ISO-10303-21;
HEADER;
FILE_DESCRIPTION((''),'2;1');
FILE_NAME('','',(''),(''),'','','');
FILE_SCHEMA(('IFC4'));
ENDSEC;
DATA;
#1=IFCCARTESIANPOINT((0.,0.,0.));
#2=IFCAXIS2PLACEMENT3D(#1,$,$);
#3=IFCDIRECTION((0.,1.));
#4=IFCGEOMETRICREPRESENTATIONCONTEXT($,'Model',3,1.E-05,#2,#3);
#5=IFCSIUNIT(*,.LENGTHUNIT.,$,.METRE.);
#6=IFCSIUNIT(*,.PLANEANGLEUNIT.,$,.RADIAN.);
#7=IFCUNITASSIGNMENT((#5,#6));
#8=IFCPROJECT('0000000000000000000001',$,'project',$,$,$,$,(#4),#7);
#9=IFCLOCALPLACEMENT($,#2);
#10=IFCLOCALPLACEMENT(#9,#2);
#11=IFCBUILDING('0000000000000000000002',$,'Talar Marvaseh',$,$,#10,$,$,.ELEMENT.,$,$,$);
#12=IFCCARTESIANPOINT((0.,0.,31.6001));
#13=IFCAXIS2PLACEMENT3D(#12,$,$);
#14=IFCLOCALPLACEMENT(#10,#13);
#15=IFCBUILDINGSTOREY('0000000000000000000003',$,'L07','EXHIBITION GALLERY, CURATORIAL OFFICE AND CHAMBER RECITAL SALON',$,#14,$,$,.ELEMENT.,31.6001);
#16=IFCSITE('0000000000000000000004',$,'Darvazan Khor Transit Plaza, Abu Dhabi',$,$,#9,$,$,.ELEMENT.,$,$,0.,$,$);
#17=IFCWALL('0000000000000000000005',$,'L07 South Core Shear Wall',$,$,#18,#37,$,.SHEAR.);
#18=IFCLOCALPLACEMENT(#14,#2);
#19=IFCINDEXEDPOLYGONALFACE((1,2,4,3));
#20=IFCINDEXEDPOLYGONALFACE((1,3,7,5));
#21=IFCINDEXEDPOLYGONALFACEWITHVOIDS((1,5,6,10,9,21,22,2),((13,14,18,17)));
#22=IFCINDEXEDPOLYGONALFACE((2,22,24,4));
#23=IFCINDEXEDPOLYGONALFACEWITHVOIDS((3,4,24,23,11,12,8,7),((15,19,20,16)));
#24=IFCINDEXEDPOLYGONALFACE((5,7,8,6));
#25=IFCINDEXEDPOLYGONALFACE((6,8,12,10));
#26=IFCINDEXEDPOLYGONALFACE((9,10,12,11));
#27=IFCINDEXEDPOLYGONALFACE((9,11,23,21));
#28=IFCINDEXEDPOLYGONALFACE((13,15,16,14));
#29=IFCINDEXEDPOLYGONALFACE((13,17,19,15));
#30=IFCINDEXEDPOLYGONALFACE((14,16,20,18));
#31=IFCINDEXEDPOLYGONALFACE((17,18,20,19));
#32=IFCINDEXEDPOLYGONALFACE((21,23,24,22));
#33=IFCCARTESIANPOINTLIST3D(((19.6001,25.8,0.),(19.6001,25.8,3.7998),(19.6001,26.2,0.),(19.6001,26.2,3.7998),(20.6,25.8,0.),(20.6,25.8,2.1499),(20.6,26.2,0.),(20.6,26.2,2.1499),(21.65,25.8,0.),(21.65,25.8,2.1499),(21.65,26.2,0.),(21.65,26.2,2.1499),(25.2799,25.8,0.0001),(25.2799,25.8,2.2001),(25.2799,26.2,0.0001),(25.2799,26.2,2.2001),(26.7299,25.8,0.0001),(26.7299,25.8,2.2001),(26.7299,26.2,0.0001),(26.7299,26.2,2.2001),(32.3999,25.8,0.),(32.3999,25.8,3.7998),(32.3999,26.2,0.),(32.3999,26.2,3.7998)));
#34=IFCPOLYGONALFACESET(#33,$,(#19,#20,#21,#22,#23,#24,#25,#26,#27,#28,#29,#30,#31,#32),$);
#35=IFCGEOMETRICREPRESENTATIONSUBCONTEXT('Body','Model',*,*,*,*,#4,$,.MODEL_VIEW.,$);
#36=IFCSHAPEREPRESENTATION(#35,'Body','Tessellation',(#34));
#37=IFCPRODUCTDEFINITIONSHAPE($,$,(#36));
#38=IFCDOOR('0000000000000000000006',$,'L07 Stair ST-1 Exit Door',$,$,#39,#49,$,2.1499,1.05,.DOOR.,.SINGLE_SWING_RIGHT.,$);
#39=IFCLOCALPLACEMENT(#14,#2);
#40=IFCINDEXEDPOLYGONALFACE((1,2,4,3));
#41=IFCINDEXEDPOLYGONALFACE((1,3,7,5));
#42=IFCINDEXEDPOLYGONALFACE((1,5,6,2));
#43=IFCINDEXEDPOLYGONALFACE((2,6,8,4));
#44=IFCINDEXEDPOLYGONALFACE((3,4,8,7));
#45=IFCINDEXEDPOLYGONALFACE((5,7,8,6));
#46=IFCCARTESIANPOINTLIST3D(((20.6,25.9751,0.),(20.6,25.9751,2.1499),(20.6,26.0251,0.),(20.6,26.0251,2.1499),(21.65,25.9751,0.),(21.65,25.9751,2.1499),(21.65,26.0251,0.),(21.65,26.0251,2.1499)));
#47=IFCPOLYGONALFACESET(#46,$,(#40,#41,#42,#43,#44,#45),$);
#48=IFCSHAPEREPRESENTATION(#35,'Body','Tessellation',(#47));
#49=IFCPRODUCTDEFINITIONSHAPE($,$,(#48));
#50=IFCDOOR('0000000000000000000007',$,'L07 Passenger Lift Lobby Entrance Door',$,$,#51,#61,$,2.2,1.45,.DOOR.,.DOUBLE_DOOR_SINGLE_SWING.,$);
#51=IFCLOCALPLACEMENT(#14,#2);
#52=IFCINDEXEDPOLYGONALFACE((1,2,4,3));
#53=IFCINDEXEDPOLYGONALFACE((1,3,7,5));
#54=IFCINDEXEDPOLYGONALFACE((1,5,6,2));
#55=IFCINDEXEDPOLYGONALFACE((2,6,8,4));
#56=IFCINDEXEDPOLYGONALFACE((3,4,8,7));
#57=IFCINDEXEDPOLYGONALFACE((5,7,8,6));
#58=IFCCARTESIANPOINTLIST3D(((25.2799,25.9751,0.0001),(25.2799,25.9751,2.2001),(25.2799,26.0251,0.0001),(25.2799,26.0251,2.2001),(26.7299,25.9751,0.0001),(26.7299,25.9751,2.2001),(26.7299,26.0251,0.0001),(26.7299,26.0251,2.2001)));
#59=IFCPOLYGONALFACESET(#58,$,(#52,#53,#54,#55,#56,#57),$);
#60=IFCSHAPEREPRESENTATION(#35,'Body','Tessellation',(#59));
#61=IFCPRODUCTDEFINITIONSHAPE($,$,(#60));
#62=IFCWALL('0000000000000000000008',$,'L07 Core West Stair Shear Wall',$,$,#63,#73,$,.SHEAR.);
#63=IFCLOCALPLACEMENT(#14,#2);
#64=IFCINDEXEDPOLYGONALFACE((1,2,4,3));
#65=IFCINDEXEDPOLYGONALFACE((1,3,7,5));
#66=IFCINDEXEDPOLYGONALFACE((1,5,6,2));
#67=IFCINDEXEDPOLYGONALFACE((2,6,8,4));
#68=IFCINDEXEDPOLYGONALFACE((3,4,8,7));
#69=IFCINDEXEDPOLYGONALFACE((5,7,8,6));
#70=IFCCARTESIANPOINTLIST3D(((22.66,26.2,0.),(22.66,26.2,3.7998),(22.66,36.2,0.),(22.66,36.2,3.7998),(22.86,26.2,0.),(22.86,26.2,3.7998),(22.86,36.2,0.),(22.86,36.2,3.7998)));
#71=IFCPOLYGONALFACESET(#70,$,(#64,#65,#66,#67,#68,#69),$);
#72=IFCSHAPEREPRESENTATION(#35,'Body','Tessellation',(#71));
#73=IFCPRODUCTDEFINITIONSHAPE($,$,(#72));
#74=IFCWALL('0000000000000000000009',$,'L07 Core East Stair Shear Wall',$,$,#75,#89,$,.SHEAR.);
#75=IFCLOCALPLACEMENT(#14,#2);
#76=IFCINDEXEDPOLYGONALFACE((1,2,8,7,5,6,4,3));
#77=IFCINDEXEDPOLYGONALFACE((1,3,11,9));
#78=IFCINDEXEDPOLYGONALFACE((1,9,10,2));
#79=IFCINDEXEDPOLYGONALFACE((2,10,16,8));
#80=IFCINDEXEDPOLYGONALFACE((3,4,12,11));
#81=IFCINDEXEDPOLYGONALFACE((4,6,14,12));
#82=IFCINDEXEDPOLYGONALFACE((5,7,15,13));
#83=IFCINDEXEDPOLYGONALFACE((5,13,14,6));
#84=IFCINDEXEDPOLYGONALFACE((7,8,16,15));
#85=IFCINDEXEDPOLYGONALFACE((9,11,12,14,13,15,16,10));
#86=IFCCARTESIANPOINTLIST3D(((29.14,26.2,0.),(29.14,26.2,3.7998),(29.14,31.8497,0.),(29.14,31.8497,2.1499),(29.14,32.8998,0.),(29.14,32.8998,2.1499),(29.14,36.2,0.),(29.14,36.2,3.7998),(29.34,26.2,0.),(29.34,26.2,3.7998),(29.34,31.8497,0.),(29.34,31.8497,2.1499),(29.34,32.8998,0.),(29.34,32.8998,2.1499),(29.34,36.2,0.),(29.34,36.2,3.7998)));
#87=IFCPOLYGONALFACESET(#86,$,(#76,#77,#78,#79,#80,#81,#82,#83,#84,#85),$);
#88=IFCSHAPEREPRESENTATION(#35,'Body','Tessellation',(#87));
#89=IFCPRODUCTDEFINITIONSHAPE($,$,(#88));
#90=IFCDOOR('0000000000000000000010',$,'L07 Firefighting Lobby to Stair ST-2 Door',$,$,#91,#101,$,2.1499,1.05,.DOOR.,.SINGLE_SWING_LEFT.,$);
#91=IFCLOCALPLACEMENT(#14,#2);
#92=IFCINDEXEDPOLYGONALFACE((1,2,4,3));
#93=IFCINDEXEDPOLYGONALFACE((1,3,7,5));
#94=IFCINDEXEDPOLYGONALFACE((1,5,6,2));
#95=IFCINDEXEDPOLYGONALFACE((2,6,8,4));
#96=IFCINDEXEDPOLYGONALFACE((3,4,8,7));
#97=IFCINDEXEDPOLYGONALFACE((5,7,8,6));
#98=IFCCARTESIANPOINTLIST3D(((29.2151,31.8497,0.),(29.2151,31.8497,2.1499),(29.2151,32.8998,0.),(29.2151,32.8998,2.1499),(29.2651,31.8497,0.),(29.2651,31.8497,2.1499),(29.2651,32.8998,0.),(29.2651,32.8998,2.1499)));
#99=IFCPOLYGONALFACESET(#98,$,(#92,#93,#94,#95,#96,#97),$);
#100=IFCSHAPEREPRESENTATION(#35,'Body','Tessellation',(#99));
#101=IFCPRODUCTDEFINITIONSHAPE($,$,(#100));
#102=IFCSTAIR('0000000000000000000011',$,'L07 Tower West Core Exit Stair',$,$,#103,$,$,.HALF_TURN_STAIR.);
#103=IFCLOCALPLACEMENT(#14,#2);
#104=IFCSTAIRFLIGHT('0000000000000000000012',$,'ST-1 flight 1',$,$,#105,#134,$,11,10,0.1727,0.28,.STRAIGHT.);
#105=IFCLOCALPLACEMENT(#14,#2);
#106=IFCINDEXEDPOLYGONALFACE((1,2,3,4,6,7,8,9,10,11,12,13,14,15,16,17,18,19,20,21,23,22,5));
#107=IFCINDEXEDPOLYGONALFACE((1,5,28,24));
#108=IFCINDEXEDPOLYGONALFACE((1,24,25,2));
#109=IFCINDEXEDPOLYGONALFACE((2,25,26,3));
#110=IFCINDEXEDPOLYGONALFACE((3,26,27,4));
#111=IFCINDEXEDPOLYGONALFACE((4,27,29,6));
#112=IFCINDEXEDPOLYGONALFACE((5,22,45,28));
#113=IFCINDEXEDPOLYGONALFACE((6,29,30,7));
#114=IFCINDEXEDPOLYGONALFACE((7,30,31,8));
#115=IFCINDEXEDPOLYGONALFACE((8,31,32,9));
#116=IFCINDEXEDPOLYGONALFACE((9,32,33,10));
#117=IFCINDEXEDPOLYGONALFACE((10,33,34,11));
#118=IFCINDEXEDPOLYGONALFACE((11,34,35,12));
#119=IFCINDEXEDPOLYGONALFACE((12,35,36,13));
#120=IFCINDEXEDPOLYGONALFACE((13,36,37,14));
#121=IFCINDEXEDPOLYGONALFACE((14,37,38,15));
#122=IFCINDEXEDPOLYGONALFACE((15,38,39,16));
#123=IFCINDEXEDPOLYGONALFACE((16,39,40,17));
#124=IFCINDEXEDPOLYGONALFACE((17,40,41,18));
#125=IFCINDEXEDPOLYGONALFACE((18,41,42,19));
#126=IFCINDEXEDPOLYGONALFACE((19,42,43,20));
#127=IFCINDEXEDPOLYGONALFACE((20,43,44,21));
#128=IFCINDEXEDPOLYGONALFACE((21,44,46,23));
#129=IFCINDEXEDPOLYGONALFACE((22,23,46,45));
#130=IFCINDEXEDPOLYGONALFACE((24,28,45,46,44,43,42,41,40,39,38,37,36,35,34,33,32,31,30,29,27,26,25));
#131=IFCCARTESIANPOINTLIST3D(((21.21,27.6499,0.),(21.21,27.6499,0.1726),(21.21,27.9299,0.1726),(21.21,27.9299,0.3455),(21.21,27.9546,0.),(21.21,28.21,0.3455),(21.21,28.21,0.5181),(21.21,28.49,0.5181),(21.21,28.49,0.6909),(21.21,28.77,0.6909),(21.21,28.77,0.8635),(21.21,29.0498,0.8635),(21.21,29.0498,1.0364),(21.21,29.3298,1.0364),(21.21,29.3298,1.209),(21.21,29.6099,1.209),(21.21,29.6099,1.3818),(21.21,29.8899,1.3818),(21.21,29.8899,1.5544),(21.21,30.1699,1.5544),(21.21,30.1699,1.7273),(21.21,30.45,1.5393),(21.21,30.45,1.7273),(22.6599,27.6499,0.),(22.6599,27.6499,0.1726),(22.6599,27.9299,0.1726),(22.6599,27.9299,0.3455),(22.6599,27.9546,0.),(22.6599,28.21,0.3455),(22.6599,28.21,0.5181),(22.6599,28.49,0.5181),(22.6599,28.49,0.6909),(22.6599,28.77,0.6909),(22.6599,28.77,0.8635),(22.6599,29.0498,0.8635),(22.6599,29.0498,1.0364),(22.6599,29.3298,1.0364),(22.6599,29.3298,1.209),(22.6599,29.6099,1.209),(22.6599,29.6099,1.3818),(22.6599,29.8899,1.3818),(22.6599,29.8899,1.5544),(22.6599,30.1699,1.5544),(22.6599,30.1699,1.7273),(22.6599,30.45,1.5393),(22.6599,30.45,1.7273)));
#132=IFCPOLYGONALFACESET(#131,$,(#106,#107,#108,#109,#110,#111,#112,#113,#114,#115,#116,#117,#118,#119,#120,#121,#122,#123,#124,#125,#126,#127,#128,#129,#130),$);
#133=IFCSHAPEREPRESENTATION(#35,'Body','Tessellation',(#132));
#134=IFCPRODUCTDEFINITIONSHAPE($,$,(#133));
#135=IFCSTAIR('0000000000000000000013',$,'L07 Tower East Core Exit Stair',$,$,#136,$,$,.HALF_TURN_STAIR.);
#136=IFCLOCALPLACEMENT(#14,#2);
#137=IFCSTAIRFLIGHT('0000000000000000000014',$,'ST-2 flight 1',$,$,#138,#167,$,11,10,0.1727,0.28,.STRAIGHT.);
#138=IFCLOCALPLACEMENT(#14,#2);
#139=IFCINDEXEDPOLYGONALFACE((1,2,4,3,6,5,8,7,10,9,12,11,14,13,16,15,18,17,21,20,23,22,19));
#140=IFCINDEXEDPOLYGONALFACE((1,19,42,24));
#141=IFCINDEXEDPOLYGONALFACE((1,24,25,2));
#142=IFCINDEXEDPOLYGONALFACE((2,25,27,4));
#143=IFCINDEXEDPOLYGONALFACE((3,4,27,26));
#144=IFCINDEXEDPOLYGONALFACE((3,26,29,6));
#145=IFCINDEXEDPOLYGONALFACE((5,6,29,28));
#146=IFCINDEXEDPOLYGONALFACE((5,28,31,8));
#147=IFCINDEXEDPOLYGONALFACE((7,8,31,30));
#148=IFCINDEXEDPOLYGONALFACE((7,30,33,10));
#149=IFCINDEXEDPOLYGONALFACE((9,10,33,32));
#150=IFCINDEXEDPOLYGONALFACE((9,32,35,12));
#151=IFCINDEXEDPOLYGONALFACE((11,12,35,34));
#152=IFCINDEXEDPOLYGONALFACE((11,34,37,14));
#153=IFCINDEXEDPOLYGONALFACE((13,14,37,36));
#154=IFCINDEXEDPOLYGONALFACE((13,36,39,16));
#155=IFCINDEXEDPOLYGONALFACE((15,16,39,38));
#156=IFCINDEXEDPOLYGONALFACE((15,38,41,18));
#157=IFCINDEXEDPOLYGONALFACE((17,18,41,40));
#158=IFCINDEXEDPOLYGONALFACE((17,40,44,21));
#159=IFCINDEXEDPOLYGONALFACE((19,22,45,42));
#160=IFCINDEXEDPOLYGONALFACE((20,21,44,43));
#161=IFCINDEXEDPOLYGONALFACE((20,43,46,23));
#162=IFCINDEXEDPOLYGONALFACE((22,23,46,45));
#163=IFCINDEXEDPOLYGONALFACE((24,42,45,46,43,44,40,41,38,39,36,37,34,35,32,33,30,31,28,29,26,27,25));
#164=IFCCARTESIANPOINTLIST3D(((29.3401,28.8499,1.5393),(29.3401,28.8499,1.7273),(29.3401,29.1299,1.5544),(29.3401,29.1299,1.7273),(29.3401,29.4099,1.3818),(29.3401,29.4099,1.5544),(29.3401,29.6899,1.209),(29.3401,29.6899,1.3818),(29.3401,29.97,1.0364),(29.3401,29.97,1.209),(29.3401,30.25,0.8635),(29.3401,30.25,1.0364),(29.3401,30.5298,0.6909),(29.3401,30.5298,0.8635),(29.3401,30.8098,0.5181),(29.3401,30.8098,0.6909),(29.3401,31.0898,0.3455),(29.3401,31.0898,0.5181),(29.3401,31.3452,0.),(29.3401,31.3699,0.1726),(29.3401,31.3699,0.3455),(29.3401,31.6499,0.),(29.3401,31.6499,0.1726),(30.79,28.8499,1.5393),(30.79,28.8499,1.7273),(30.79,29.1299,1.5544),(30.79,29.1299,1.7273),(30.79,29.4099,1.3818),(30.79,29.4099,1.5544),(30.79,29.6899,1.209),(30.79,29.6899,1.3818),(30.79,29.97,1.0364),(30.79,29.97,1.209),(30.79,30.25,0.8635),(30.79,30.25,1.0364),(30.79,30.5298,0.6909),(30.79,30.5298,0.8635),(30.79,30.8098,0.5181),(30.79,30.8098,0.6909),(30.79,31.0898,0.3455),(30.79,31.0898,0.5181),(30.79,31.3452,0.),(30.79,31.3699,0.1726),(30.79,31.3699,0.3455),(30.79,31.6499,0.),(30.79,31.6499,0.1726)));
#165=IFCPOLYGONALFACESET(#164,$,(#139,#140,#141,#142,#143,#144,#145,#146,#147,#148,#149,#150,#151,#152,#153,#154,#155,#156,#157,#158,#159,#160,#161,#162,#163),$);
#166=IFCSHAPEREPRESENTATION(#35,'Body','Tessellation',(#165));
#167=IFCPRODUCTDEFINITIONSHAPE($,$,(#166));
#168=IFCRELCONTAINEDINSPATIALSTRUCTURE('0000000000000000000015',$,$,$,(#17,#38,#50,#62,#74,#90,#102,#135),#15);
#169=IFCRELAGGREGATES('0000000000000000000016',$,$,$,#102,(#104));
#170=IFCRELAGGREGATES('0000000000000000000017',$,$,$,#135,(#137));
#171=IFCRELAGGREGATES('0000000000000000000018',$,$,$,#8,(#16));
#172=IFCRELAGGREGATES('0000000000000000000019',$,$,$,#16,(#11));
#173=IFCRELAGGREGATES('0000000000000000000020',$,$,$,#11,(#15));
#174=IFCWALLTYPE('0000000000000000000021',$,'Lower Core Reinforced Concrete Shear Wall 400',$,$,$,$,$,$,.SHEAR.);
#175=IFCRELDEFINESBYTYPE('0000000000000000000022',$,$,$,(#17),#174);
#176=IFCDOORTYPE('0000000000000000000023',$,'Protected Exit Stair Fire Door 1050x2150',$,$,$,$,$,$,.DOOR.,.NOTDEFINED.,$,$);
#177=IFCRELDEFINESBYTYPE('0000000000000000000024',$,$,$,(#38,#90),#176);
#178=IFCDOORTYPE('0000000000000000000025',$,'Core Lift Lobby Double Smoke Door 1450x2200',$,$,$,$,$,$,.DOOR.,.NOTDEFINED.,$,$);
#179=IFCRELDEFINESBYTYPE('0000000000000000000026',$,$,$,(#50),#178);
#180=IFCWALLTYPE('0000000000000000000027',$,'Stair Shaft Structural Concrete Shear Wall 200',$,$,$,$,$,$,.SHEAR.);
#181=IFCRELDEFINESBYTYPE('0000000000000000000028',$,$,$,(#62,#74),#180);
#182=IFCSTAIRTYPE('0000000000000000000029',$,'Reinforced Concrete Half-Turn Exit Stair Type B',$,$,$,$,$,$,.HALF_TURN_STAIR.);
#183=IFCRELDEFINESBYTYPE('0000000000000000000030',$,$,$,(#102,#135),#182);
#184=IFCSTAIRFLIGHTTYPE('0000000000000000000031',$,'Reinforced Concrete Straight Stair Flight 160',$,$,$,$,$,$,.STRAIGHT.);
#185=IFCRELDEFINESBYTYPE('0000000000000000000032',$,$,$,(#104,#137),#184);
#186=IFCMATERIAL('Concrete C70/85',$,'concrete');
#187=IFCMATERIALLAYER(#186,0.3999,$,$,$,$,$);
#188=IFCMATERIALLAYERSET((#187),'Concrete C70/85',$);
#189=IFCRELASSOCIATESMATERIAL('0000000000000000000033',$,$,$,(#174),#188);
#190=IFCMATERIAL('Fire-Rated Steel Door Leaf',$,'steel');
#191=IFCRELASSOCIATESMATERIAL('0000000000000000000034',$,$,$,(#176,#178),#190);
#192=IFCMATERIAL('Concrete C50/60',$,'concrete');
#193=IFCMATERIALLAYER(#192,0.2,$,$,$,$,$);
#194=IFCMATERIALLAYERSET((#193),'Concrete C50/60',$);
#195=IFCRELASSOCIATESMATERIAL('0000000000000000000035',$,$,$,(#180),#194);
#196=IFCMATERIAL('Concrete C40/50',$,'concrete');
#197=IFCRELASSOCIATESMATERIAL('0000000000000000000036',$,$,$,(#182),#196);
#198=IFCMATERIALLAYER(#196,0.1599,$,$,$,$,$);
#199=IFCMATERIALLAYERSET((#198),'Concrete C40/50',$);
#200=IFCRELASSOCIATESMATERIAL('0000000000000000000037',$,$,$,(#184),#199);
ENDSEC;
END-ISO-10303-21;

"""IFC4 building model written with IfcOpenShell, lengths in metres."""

from ifc_helpers import new_model, si_unit, direction, frame, frame_2d, origin, place, context, subcontext, project, spatial, polyline, rectangle, outline, extrude, source, transform, mapped, material, layer, layer_set, type_object, type_shapes, element, fill, aggregate, save


model = new_model("IFC4")

# Units and contexts
model_context = context("Model", 3, precision=1e-05, world=origin(), true_north=direction((0.0, 1.0)))
body_context = subcontext(model_context, "Body", "Model", "MODEL_VIEW")
ifc_project = project(units=[si_unit("LENGTHUNIT", "METRE"), si_unit("PLANEANGLEUNIT", "RADIAN")], contexts=[model_context])

# Site, building, storey
site_placement = place(None, origin())
site = spatial("IfcSite", under=ifc_project, at=site_placement, Name="Darvazan Khor Transit Plaza, Abu Dhabi", CompositionType="ELEMENT", RefElevation=0.0)
building_placement = place(site_placement, origin())
building = spatial("IfcBuilding", under=site, at=building_placement, Name="Talar Marvaseh", CompositionType="ELEMENT")
storey_placement = place(building_placement, frame((0.0, 0.0, 31.6001)))
storey = spatial("IfcBuildingStorey", under=building, at=storey_placement, Name="L07", Description="EXHIBITION GALLERY, CURATORIAL OFFICE AND CHAMBER RECITAL SALON", CompositionType="ELEMENT", Elevation=31.6001)

# Shared definitions
ifc_material_1 = material(Name="Concrete C40/50", Category="concrete")

# Shared definitions
ifc_material_2 = material(Name="Fire-Rated Steel Door Leaf", Category="steel")

# Wall, openings, doors
ifc_material_3 = material(Name="Concrete C70/85", Category="concrete")
ifc_layer_1 = layer(ifc_material_3, 0.3999)
ifc_layer_set_1 = layer_set([ifc_layer_1], Name="Concrete C70/85")
wall_type_1 = type_object("IfcWallType", Name="Lower Core Reinforced Concrete Shear Wall 400", PredefinedType="SHEAR", material=ifc_layer_set_1)
wall_1_placement = place(storey_placement, frame((32.3999, 26.0, 0.0), z_axis=(0.0, 0.0, 1.0), x_axis=(-1.0, 0.0, 0.0)))
wall_1 = element("IfcWall", 1, at=wall_1_placement, inside=storey, type_object=wall_type_1, Name="L07 South Core Shear Wall", PredefinedType="SHEAR", context=body_context, shape_type="SweptSolid", body=[
    extrude(rectangle(XDim=12.7998, YDim=0.3999, at=frame_2d((6.3999, 0.0))), origin(), (0.0, 0.0, 1.0), 3.7998),
])
opening_1_placement = place(wall_1_placement, frame((10.75, 0.0, 0.0)))
opening_1 = element("IfcOpeningElement", 2, at=opening_1_placement, cuts=wall_1, PredefinedType="OPENING", context=body_context, shape_type="SweptSolid", body=[
    extrude(rectangle(XDim=1.05, YDim=2.1499, at=frame_2d((0.5249, 1.075))), frame((0.0, 0.21, 0.0), z_axis=(0.0, -1.0, 0.0), x_axis=(1.0, 0.0, 0.0)), (0.0, 0.0, 1.0), 0.4199),
])
opening_2_placement = place(wall_1_placement, frame((5.6699, 0.0, 0.0)))
opening_2 = element("IfcOpeningElement", 3, at=opening_2_placement, cuts=wall_1, PredefinedType="OPENING", context=body_context, shape_type="SweptSolid", body=[
    extrude(rectangle(XDim=1.45, YDim=2.2, at=frame_2d((0.7251, 1.1001))), frame((0.0, 0.21, 0.0), z_axis=(0.0, -1.0, 0.0), x_axis=(1.0, 0.0, 0.0)), (0.0, 0.0, 1.0), 0.4199),
])
door_type_1 = type_object("IfcDoorType", Name="Protected Exit Stair Fire Door 1050x2150", OperationType="NOTDEFINED", PredefinedType="DOOR", material=ifc_material_2)
shared_shape_1 = source(origin(), body_context, "Body", "SweptSolid", [
    extrude(rectangle(XDim=1.05, YDim=2.1499, at=frame_2d((0.5249, 1.075))), frame((0.0, 0.0249, 0.0), z_axis=(0.0, -1.0, 0.0), x_axis=(1.0, 0.0, 0.0)), (0.0, 0.0, 1.0), 0.05),
])
type_shapes(door_type_1, [shared_shape_1])
door_1_placement = place(opening_1_placement, origin())
door_1 = element("IfcDoor", 4, at=door_1_placement, inside=storey, type_object=door_type_1, Name="L07 Stair ST-1 Exit Door", OperationType="SINGLE_SWING_RIGHT", OverallHeight=2.1499, OverallWidth=1.05, PredefinedType="DOOR", context=body_context, shape_type="MappedRepresentation", body=[
    mapped(shared_shape_1, transform((0.0, 0.0, 0.0), x_axis=(1.0, 0.0, 0.0), y_axis=(0.0, 1.0, 0.0), z_axis=(0.0, 0.0, 1.0), scale=1.0)),
])
fill(opening_1, door_1)
door_type_2 = type_object("IfcDoorType", Name="Core Lift Lobby Double Smoke Door 1450x2200", OperationType="NOTDEFINED", PredefinedType="DOOR", material=ifc_material_2)
shared_shape_2 = source(origin(), body_context, "Body", "SweptSolid", [
    extrude(rectangle(XDim=1.45, YDim=2.2, at=frame_2d((0.7251, 1.1001))), frame((0.0, 0.0249, 0.0), z_axis=(0.0, -1.0, 0.0), x_axis=(1.0, 0.0, 0.0)), (0.0, 0.0, 1.0), 0.05),
])
type_shapes(door_type_2, [shared_shape_2])
door_2_placement = place(opening_2_placement, origin())
door_2 = element("IfcDoor", 5, at=door_2_placement, inside=storey, type_object=door_type_2, Name="L07 Passenger Lift Lobby Entrance Door", OperationType="DOUBLE_DOOR_SINGLE_SWING", OverallHeight=2.2, OverallWidth=1.45, PredefinedType="DOOR", context=body_context, shape_type="MappedRepresentation", body=[
    mapped(shared_shape_2, transform((0.0, 0.0, 0.0), x_axis=(1.0, 0.0, 0.0), y_axis=(0.0, 1.0, 0.0), z_axis=(0.0, 0.0, 1.0), scale=1.0)),
])
fill(opening_2, door_2)

# Wall
ifc_material_4 = material(Name="Concrete C50/60", Category="concrete")
ifc_layer_2 = layer(ifc_material_4, 0.2)
ifc_layer_set_2 = layer_set([ifc_layer_2], Name="Concrete C50/60")
wall_type_2 = type_object("IfcWallType", Name="Stair Shaft Structural Concrete Shear Wall 200", PredefinedType="SHEAR", material=ifc_layer_set_2)
wall_2_placement = place(storey_placement, frame((22.76, 26.2, 0.0), z_axis=(0.0, 0.0, 1.0), x_axis=(0.0, 1.0, 0.0)))
element("IfcWall", 6, at=wall_2_placement, inside=storey, type_object=wall_type_2, Name="L07 Core West Stair Shear Wall", PredefinedType="SHEAR", context=body_context, shape_type="SweptSolid", body=[
    extrude(rectangle(XDim=10.0, YDim=0.2, at=frame_2d((5.0, 0.0))), origin(), (0.0, 0.0, 1.0), 3.7998),
])

# Wall, opening, door
wall_3_placement = place(storey_placement, frame((29.24, 26.2, 0.0), z_axis=(0.0, 0.0, 1.0), x_axis=(0.0, 1.0, 0.0)))
wall_3 = element("IfcWall", 7, at=wall_3_placement, inside=storey, type_object=wall_type_2, Name="L07 Core East Stair Shear Wall", PredefinedType="SHEAR", context=body_context, shape_type="SweptSolid", body=[
    extrude(rectangle(XDim=10.0, YDim=0.2, at=frame_2d((5.0, 0.0))), origin(), (0.0, 0.0, 1.0), 3.7998),
])
opening_3_placement = place(wall_3_placement, frame((5.6499, 0.0, 0.0)))
opening_3 = element("IfcOpeningElement", 8, at=opening_3_placement, cuts=wall_3, PredefinedType="OPENING", context=body_context, shape_type="SweptSolid", body=[
    extrude(rectangle(XDim=1.05, YDim=2.1499, at=frame_2d((0.5249, 1.075))), frame((0.0, 0.1099, 0.0), z_axis=(0.0, -1.0, 0.0), x_axis=(1.0, 0.0, 0.0)), (0.0, 0.0, 1.0), 0.22),
])
door_3_placement = place(opening_3_placement, origin())
door_3 = element("IfcDoor", 9, at=door_3_placement, inside=storey, type_object=door_type_1, Name="L07 Firefighting Lobby to Stair ST-2 Door", OperationType="SINGLE_SWING_LEFT", OverallHeight=2.1499, OverallWidth=1.05, PredefinedType="DOOR", context=body_context, shape_type="MappedRepresentation", body=[
    mapped(shared_shape_1, transform((0.0, 0.0, 0.0), x_axis=(1.0, 0.0, 0.0), y_axis=(0.0, 1.0, 0.0), z_axis=(0.0, 0.0, 1.0), scale=1.0)),
])
fill(opening_3, door_3)

# Stair, stair flight
stair_type = type_object("IfcStairType", Name="Reinforced Concrete Half-Turn Exit Stair Type B", PredefinedType="HALF_TURN_STAIR", material=ifc_material_1)
stair_1_placement = place(storey_placement, origin())
stair_1 = element("IfcStair", 10, at=stair_1_placement, inside=storey, type_object=stair_type, Name="L07 Tower West Core Exit Stair", PredefinedType="HALF_TURN_STAIR")
ifc_layer_3 = layer(ifc_material_1, 0.1599)
ifc_layer_set_3 = layer_set([ifc_layer_3], Name="Concrete C40/50")
stair_flight_type = type_object("IfcStairFlightType", Name="Reinforced Concrete Straight Stair Flight 160", PredefinedType="STRAIGHT", material=ifc_layer_set_3)
stair_flight_1_placement = place(storey_placement, frame((21.9351, 27.6499, 0.0), z_axis=(0.0, 0.0, 1.0), x_axis=(0.0, 1.0, 0.0)))
stair_flight_1 = element("IfcStairFlight", 11, at=stair_flight_1_placement, type_object=stair_flight_type, Name="ST-1 flight 1", NumberOfRisers=11, NumberOfTreads=10, PredefinedType="STRAIGHT", RiserHeight=0.1727, TreadLength=0.28, context=body_context, shape_type="SweptSolid", body=[
    extrude(outline(polyline([(0.0, 0.0), (0.0, 0.1726), (0.28, 0.1726), (0.28, 0.3455), (0.5601, 0.3455), (0.5601, 0.5181), (0.8401, 0.5181), (0.8401, 0.6909), (1.1201, 0.6909), (1.1201, 0.8635), (1.3999, 0.8635), (1.3999, 1.0364), (1.6799, 1.0364), (1.6799, 1.209), (1.96, 1.209), (1.96, 1.3818), (2.24, 1.3818), (2.24, 1.5544), (2.52, 1.5544), (2.52, 1.7273), (2.8, 1.7273), (2.8, 1.8999), (2.8, 1.5393), (0.3047, 0.0), (0.0, 0.0)])), frame((0.0, 0.7251, 0.0), z_axis=(0.0, -1.0, 0.0), x_axis=(1.0, 0.0, 0.0)), (0.0, 0.0, 1.0), 1.45),
])
aggregate(stair_1, [stair_flight_1])

# Stair, stair flight
stair_2_placement = place(storey_placement, origin())
stair_2 = element("IfcStair", 12, at=stair_2_placement, inside=storey, type_object=stair_type, Name="L07 Tower East Core Exit Stair", PredefinedType="HALF_TURN_STAIR")
stair_flight_2_placement = place(storey_placement, frame((30.0649, 31.6499, 0.0), z_axis=(0.0, 0.0, 1.0), x_axis=(0.0, -1.0, 0.0)))
stair_flight_2 = element("IfcStairFlight", 13, at=stair_flight_2_placement, type_object=stair_flight_type, Name="ST-2 flight 1", NumberOfRisers=11, NumberOfTreads=10, PredefinedType="STRAIGHT", RiserHeight=0.1727, TreadLength=0.28, context=body_context, shape_type="SweptSolid", body=[
    extrude(outline(polyline([(0.0, 0.0), (0.0, 0.1726), (0.28, 0.1726), (0.28, 0.3455), (0.5601, 0.3455), (0.5601, 0.5181), (0.8401, 0.5181), (0.8401, 0.6909), (1.1201, 0.6909), (1.1201, 0.8635), (1.3999, 0.8635), (1.3999, 1.0364), (1.6799, 1.0364), (1.6799, 1.209), (1.96, 1.209), (1.96, 1.3818), (2.24, 1.3818), (2.24, 1.5544), (2.52, 1.5544), (2.52, 1.7273), (2.8, 1.7273), (2.8, 1.8999), (2.8, 1.5393), (0.3047, 0.0), (0.0, 0.0)])), frame((0.0, 0.7251, 0.0), z_axis=(0.0, -1.0, 0.0), x_axis=(1.0, 0.0, 0.0)), (0.0, 0.0, 1.0), 1.45),
])
aggregate(stair_2, [stair_flight_2])

save(model, "model.ifc")
